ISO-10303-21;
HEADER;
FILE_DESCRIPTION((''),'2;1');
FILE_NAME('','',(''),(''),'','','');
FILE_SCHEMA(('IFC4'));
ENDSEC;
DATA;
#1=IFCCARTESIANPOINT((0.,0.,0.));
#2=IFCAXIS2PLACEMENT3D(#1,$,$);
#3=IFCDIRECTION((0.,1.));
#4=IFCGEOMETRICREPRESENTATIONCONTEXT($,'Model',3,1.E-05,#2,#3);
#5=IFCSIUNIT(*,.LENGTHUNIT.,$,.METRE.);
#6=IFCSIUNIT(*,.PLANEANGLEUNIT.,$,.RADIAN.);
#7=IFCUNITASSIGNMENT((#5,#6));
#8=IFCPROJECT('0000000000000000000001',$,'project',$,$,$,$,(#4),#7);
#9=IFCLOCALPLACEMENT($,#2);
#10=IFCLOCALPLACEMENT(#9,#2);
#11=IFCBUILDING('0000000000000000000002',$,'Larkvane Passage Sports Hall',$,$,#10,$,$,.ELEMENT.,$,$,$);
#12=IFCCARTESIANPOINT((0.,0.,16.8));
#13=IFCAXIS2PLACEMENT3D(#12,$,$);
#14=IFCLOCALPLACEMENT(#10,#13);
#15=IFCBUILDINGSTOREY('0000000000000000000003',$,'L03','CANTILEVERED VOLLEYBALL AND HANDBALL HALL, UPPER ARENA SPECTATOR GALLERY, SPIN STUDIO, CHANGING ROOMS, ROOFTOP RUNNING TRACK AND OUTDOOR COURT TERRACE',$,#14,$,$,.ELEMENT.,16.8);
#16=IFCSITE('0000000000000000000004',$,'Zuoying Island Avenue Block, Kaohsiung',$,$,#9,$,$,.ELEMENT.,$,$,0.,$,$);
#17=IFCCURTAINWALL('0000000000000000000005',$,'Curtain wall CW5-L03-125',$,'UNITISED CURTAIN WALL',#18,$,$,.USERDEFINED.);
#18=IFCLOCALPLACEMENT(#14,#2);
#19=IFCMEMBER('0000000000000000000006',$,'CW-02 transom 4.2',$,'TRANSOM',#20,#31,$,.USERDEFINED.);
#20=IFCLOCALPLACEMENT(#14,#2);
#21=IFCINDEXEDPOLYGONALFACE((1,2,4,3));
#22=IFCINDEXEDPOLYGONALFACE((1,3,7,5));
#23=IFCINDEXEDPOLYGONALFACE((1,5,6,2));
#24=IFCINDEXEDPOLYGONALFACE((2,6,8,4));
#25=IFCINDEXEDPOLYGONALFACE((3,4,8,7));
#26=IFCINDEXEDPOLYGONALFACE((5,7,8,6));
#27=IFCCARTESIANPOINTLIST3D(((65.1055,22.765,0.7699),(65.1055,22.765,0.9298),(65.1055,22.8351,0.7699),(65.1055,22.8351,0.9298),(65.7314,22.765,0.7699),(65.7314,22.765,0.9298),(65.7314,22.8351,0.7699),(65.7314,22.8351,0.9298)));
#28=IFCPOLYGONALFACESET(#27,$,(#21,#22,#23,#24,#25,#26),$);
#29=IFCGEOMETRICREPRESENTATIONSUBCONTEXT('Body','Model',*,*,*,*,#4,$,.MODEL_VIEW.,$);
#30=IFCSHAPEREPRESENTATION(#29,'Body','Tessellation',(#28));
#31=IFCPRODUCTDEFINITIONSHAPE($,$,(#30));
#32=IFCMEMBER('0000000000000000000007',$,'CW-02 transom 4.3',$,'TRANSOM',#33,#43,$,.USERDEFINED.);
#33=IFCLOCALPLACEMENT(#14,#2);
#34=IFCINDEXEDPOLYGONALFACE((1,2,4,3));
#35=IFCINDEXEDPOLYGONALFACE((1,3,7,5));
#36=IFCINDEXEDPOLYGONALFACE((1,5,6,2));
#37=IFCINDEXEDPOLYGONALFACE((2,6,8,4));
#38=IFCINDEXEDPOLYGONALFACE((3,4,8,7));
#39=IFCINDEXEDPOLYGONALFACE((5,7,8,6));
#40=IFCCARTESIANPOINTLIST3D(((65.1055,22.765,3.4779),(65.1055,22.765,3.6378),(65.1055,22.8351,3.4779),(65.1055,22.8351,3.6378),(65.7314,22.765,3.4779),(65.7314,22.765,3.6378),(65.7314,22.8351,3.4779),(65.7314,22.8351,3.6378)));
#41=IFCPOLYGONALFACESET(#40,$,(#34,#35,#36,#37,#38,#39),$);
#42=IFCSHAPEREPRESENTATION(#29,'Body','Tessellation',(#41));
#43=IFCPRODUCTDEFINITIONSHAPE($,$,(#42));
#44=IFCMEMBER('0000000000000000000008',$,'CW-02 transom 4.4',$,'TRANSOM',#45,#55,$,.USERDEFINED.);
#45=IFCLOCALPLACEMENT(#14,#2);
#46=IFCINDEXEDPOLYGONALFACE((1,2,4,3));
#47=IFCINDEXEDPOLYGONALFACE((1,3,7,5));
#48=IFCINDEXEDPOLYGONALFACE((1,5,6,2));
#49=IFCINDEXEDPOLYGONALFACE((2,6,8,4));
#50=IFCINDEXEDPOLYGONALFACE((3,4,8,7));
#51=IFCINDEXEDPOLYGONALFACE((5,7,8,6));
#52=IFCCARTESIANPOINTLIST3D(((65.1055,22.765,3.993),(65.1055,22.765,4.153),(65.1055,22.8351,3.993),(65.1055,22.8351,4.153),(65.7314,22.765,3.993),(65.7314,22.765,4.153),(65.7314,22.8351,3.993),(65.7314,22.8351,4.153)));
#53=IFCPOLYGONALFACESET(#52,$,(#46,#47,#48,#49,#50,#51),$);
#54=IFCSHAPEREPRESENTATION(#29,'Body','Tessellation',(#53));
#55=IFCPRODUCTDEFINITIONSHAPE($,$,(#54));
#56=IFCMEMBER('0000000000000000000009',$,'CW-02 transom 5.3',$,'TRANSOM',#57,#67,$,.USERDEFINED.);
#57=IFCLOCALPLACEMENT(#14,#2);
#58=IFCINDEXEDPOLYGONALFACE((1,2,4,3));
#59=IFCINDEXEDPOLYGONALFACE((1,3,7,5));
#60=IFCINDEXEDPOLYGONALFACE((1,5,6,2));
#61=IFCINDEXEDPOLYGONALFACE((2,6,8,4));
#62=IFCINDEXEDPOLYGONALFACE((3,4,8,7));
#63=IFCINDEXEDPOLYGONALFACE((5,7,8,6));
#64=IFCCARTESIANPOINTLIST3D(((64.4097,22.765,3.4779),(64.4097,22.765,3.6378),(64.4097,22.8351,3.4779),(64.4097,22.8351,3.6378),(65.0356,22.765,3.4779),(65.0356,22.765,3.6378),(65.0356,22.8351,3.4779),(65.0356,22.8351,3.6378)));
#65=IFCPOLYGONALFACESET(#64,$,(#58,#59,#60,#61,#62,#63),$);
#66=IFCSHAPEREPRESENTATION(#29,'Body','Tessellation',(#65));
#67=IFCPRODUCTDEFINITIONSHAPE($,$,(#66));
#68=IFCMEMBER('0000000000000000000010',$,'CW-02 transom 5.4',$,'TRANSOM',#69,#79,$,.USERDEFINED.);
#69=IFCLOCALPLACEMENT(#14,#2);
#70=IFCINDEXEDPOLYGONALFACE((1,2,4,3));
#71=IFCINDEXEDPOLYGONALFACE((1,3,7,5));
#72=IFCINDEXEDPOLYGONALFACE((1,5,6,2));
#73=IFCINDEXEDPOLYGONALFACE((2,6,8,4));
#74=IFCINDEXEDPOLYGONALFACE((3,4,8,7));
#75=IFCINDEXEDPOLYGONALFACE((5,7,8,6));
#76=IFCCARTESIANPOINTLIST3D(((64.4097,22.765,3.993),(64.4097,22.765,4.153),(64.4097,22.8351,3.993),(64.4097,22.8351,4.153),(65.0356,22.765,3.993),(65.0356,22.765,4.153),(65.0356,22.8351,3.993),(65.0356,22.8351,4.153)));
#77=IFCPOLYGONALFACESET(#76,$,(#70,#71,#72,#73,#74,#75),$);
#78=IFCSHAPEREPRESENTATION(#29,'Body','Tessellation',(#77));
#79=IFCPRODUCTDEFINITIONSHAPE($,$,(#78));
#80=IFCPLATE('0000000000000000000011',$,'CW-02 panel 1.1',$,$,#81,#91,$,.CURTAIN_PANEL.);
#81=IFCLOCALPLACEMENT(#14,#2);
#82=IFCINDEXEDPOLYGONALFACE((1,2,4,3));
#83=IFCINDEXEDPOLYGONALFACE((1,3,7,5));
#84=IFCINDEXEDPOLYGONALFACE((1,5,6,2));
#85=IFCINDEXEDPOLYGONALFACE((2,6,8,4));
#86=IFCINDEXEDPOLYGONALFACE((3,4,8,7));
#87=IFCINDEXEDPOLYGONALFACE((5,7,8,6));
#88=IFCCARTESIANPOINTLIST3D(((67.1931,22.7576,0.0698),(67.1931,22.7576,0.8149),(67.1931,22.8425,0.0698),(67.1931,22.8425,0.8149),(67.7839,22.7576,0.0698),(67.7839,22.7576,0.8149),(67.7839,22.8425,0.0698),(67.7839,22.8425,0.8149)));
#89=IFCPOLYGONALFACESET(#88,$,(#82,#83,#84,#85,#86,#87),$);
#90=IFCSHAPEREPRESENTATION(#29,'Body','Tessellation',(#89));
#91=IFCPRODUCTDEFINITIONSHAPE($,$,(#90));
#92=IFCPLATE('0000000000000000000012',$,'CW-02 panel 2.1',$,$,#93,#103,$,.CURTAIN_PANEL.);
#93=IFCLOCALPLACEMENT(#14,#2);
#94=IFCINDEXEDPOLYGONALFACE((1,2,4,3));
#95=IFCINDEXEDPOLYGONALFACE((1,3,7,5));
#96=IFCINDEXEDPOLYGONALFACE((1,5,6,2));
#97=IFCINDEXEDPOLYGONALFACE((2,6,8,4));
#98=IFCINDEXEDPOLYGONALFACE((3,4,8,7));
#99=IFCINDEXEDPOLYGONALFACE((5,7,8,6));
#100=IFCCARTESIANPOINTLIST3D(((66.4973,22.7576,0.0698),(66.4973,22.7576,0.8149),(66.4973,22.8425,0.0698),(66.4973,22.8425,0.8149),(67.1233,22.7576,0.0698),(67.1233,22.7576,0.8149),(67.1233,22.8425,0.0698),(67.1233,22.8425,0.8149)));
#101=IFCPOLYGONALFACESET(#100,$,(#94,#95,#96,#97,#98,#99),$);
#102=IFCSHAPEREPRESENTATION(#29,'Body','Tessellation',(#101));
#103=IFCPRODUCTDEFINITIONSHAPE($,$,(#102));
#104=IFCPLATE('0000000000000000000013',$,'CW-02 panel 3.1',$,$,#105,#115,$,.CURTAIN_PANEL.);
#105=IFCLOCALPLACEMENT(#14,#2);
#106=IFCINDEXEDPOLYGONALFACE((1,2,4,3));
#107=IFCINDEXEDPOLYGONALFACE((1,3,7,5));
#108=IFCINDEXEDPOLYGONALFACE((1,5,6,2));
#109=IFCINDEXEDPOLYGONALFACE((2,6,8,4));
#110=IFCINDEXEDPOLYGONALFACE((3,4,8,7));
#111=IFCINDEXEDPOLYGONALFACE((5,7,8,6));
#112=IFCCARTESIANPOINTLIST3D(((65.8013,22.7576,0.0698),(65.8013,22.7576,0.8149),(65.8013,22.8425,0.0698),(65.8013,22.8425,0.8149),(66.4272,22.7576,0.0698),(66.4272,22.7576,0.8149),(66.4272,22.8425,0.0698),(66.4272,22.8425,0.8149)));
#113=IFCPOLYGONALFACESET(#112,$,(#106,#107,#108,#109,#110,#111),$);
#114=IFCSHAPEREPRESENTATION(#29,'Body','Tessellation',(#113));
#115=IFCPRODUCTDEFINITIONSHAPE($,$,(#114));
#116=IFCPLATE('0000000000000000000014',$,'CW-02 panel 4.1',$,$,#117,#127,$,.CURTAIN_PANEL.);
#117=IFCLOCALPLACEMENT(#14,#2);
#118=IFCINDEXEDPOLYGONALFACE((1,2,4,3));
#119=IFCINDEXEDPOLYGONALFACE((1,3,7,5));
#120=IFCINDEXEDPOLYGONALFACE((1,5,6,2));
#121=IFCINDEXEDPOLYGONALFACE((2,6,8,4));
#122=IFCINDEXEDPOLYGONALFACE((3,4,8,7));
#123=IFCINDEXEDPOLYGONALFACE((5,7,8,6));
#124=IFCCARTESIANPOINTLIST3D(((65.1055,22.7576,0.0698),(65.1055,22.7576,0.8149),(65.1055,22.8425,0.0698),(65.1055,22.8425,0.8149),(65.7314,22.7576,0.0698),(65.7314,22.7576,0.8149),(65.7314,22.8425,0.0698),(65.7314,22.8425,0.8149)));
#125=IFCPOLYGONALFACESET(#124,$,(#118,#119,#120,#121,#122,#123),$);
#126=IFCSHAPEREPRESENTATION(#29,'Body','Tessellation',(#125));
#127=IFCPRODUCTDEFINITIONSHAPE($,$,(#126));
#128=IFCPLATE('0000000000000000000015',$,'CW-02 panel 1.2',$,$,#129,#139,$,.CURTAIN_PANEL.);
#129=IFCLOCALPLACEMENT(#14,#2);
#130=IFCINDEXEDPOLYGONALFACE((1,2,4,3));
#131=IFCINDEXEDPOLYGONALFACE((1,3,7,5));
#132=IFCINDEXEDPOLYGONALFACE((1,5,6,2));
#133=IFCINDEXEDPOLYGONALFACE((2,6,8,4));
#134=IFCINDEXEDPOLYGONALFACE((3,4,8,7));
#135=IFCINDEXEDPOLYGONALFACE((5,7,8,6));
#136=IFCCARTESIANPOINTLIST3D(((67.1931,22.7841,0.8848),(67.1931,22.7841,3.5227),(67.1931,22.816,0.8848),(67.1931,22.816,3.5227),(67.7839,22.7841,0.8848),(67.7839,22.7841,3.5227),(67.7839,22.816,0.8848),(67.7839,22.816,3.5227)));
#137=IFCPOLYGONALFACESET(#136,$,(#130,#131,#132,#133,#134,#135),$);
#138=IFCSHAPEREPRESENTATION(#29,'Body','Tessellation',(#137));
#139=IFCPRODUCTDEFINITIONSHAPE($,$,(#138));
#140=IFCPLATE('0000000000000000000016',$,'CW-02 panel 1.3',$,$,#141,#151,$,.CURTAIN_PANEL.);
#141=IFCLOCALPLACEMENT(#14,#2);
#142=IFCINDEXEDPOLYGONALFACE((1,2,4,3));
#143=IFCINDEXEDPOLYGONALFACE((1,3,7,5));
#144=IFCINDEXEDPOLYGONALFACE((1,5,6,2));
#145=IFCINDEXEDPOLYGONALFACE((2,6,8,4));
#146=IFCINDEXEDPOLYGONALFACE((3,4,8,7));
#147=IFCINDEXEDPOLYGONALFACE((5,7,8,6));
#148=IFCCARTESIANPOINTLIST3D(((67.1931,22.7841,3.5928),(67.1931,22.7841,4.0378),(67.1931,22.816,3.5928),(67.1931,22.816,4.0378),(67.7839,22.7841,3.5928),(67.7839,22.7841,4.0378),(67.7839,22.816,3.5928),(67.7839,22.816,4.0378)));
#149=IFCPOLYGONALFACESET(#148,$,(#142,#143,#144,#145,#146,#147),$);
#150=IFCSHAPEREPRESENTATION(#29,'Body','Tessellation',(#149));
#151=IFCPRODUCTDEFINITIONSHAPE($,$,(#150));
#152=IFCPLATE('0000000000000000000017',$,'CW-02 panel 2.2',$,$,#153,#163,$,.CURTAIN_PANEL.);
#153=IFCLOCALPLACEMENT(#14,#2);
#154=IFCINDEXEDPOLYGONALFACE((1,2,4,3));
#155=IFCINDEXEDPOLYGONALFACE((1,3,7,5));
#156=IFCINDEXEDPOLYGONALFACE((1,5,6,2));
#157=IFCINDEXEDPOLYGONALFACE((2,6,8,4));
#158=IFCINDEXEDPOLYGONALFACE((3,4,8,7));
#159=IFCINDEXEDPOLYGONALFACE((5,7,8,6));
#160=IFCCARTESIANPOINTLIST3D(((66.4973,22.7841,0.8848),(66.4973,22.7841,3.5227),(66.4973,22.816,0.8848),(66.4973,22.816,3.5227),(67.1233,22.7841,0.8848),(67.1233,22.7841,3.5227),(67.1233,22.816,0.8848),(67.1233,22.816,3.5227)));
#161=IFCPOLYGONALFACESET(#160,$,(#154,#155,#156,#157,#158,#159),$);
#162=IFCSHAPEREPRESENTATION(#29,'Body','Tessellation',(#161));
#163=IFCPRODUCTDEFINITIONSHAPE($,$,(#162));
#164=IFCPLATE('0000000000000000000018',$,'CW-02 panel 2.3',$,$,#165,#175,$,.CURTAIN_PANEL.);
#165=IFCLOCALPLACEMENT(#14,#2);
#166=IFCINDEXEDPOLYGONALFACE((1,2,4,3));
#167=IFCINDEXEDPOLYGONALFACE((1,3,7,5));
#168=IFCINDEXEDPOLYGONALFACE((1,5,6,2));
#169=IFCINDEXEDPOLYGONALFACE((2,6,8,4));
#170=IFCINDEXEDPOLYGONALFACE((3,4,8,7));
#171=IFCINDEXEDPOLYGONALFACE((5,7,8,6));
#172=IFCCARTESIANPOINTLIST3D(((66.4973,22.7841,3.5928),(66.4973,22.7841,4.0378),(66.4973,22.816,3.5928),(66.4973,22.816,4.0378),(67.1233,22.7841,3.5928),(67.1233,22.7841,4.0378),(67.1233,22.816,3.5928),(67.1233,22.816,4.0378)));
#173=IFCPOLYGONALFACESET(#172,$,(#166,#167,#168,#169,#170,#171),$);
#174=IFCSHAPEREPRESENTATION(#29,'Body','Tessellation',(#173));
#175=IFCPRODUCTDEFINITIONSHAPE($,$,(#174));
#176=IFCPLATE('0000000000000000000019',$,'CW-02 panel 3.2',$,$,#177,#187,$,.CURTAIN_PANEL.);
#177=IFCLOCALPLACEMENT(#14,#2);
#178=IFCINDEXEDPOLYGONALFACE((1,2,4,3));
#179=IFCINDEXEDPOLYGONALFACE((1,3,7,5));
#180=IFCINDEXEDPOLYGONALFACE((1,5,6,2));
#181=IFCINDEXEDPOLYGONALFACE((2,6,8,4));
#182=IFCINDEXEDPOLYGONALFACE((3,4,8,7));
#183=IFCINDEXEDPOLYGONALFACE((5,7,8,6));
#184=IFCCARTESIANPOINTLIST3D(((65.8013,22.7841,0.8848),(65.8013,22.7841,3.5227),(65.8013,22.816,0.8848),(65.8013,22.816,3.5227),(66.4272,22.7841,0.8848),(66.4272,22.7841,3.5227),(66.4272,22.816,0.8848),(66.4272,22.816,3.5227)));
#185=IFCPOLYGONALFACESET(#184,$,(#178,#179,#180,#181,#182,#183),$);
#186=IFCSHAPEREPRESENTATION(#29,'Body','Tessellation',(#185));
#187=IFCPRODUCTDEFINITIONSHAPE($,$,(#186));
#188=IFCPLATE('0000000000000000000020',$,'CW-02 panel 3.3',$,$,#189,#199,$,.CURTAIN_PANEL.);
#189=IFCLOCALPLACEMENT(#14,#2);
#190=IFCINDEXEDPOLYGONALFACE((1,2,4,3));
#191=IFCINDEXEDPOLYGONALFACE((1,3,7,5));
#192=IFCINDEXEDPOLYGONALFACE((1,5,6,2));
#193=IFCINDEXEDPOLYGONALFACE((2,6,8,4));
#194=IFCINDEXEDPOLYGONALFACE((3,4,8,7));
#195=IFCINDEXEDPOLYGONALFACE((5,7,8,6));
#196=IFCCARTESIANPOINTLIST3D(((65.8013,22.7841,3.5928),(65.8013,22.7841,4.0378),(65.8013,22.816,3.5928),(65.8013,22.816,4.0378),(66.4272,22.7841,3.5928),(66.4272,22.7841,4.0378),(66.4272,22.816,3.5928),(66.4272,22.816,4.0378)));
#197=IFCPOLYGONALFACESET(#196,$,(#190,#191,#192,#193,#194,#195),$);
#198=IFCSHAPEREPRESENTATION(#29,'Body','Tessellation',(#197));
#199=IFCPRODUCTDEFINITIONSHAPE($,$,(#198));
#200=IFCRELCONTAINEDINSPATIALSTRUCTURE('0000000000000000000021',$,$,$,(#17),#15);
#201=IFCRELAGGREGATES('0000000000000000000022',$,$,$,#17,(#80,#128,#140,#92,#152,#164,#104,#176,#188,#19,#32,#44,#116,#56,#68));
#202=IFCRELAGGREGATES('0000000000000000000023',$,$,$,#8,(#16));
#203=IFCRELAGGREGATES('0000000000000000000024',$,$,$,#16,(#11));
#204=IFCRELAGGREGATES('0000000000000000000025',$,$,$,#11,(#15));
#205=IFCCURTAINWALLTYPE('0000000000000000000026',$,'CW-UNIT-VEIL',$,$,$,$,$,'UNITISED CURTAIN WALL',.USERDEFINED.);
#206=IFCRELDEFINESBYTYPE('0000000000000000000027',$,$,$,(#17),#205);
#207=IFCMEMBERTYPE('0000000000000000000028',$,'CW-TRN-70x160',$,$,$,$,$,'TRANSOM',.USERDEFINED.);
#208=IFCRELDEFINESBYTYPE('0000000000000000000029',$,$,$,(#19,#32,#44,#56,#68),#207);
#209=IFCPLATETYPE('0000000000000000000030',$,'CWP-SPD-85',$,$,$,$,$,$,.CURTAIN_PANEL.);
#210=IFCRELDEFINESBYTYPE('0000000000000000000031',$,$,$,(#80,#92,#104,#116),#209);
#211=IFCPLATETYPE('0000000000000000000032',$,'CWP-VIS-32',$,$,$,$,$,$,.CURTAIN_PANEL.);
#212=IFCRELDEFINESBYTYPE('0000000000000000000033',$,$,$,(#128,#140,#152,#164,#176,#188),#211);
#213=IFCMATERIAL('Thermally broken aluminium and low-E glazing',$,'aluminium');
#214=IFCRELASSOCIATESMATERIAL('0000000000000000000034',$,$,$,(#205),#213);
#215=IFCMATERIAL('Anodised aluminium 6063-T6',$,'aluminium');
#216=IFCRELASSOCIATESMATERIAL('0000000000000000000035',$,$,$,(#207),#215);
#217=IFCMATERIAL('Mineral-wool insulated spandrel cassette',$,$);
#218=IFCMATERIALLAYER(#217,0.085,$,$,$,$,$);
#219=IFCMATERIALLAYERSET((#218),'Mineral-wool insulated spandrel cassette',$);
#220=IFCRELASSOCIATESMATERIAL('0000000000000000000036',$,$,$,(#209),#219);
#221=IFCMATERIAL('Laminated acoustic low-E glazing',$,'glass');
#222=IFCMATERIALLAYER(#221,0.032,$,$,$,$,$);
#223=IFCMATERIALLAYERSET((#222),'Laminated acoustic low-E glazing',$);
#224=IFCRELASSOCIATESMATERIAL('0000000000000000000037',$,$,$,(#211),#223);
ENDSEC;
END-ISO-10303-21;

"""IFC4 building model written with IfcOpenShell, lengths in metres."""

from ifc_helpers import new_model, si_unit, direction, frame, origin, origin_2d, place, context, subcontext, project, spatial, rectangle, extrude, material, layer, layer_set, material_profile, profile_set, type_object, element, aggregate, save


model = new_model("IFC4")

# Units and contexts
model_context = context("Model", 3, precision=1e-05, world=origin(), true_north=direction((0.0, 1.0)))
body_context = subcontext(model_context, "Body", "Model", "MODEL_VIEW")
ifc_project = project(units=[si_unit("LENGTHUNIT", "METRE"), si_unit("PLANEANGLEUNIT", "RADIAN")], contexts=[model_context])

# Site, building, storey
site_placement = place(None, origin())
site = spatial("IfcSite", under=ifc_project, at=site_placement, Name="Zuoying Island Avenue Block, Kaohsiung", CompositionType="ELEMENT", RefElevation=0.0)
building_placement = place(site_placement, origin())
building = spatial("IfcBuilding", under=site, at=building_placement, Name="Larkvane Passage Sports Hall", CompositionType="ELEMENT")
storey_placement = place(building_placement, frame((0.0, 0.0, 16.8)))
storey = spatial("IfcBuildingStorey", under=building, at=storey_placement, Name="L03", Description="CANTILEVERED VOLLEYBALL AND HANDBALL HALL, UPPER ARENA SPECTATOR GALLERY, SPIN STUDIO, CHANGING ROOMS, ROOFTOP RUNNING TRACK AND OUTDOOR COURT TERRACE", CompositionType="ELEMENT", Elevation=16.8)

# Curtain wall, members, plates
ifc_material_1 = material(Name="Thermally broken aluminium and low-E glazing", Category="aluminium")
curtain_wall_type = type_object("IfcCurtainWallType", Name="CW-UNIT-VEIL", ElementType="UNITISED CURTAIN WALL", PredefinedType="USERDEFINED", material=ifc_material_1)
curtain_wall_placement = place(storey_placement, origin())
curtain_wall = element("IfcCurtainWall", 1, at=curtain_wall_placement, inside=storey, type_object=curtain_wall_type, Name="Curtain wall CW5-L03-125", ObjectType="UNITISED CURTAIN WALL", PredefinedType="USERDEFINED")
ifc_material_2 = material(Name="Anodised aluminium 6063-T6", Category="aluminium")
ifc_material_profile_1 = material_profile(ifc_material_2, rectangle(XDim=0.0701, YDim=0.1599, at=origin_2d()), Name="ALU-TRN-70x160")
ifc_profile_set_1 = profile_set([ifc_material_profile_1], Name="Anodised aluminium 6063-T6")
member_type_1 = type_object("IfcMemberType", Name="CW-TRN-70x160", ElementType="TRANSOM", PredefinedType="USERDEFINED", material=ifc_profile_set_1)
member_1_placement = place(storey_placement, frame((65.7314, 22.8, 0.8499), z_axis=(-1.0, 0.0, 0.0), x_axis=(0.0, -1.0, 0.0)))
member_1 = element("IfcMember", 2, at=member_1_placement, type_object=member_type_1, Name="CW-02 transom 4.2", ObjectType="TRANSOM", PredefinedType="USERDEFINED", context=body_context, shape_type="SweptSolid", body=[
    extrude(rectangle(XDim=0.0701, YDim=0.1599, at=origin_2d()), origin(), (0.0, 0.0, 1.0), 0.626),
])
member_2_placement = place(storey_placement, frame((65.7314, 22.8, 3.5579), z_axis=(-1.0, 0.0, 0.0), x_axis=(0.0, -1.0, 0.0)))
member_2 = element("IfcMember", 3, at=member_2_placement, type_object=member_type_1, Name="CW-02 transom 4.3", ObjectType="TRANSOM", PredefinedType="USERDEFINED", context=body_context, shape_type="SweptSolid", body=[
    extrude(rectangle(XDim=0.0701, YDim=0.1599, at=origin_2d()), origin(), (0.0, 0.0, 1.0), 0.626),
])
member_3_placement = place(storey_placement, frame((65.7314, 22.8, 4.073), z_axis=(-1.0, 0.0, 0.0), x_axis=(0.0, -1.0, 0.0)))
member_3 = element("IfcMember", 4, at=member_3_placement, type_object=member_type_1, Name="CW-02 transom 4.4", ObjectType="TRANSOM", PredefinedType="USERDEFINED", context=body_context, shape_type="SweptSolid", body=[
    extrude(rectangle(XDim=0.0701, YDim=0.1599, at=origin_2d()), origin(), (0.0, 0.0, 1.0), 0.626),
])
member_4_placement = place(storey_placement, frame((65.0356, 22.8, 3.5579), z_axis=(-1.0, 0.0, 0.0), x_axis=(0.0, -1.0, 0.0)))
member_4 = element("IfcMember", 5, at=member_4_placement, type_object=member_type_1, Name="CW-02 transom 5.3", ObjectType="TRANSOM", PredefinedType="USERDEFINED", context=body_context, shape_type="SweptSolid", body=[
    extrude(rectangle(XDim=0.0701, YDim=0.1599, at=origin_2d()), origin(), (0.0, 0.0, 1.0), 0.626),
])
member_5_placement = place(storey_placement, frame((65.0356, 22.8, 4.073), z_axis=(-1.0, 0.0, 0.0), x_axis=(0.0, -1.0, 0.0)))
member_5 = element("IfcMember", 6, at=member_5_placement, type_object=member_type_1, Name="CW-02 transom 5.4", ObjectType="TRANSOM", PredefinedType="USERDEFINED", context=body_context, shape_type="SweptSolid", body=[
    extrude(rectangle(XDim=0.0701, YDim=0.1599, at=origin_2d()), origin(), (0.0, 0.0, 1.0), 0.626),
])
ifc_material_3 = material(Name="Mineral-wool insulated spandrel cassette")
ifc_layer_1 = layer(ifc_material_3, 0.085)
ifc_layer_set_1 = layer_set([ifc_layer_1], Name="Mineral-wool insulated spandrel cassette")
plate_type_1 = type_object("IfcPlateType", Name="CWP-SPD-85", PredefinedType="CURTAIN_PANEL", material=ifc_layer_set_1)
plate_1_placement = place(storey_placement, frame((67.4885, 22.8, 0.0698), z_axis=(0.0, 0.0, 1.0), x_axis=(-1.0, 0.0, 0.0)))
plate_1 = element("IfcPlate", 7, at=plate_1_placement, type_object=plate_type_1, Name="CW-02 panel 1.1", PredefinedType="CURTAIN_PANEL", context=body_context, shape_type="SweptSolid", body=[
    extrude(rectangle(XDim=0.5908, YDim=0.085, at=origin_2d()), origin(), (0.0, 0.0, 1.0), 0.7451),
])
plate_2_placement = place(storey_placement, frame((66.8103, 22.8, 0.0698), z_axis=(0.0, 0.0, 1.0), x_axis=(-1.0, 0.0, 0.0)))
plate_2 = element("IfcPlate", 8, at=plate_2_placement, type_object=plate_type_1, Name="CW-02 panel 2.1", PredefinedType="CURTAIN_PANEL", context=body_context, shape_type="SweptSolid", body=[
    extrude(rectangle(XDim=0.626, YDim=0.085, at=origin_2d()), origin(), (0.0, 0.0, 1.0), 0.7451),
])
plate_3_placement = place(storey_placement, frame((66.1143, 22.8, 0.0698), z_axis=(0.0, 0.0, 1.0), x_axis=(-1.0, 0.0, 0.0)))
plate_3 = element("IfcPlate", 9, at=plate_3_placement, type_object=plate_type_1, Name="CW-02 panel 3.1", PredefinedType="CURTAIN_PANEL", context=body_context, shape_type="SweptSolid", body=[
    extrude(rectangle(XDim=0.626, YDim=0.085, at=origin_2d()), origin(), (0.0, 0.0, 1.0), 0.7451),
])
plate_4_placement = place(storey_placement, frame((65.4185, 22.8, 0.0698), z_axis=(0.0, 0.0, 1.0), x_axis=(-1.0, 0.0, 0.0)))
plate_4 = element("IfcPlate", 10, at=plate_4_placement, type_object=plate_type_1, Name="CW-02 panel 4.1", PredefinedType="CURTAIN_PANEL", context=body_context, shape_type="SweptSolid", body=[
    extrude(rectangle(XDim=0.626, YDim=0.085, at=origin_2d()), origin(), (0.0, 0.0, 1.0), 0.7451),
])
ifc_material_4 = material(Name="Laminated acoustic low-E glazing", Category="glass")
ifc_layer_2 = layer(ifc_material_4, 0.032)
ifc_layer_set_2 = layer_set([ifc_layer_2], Name="Laminated acoustic low-E glazing")
plate_type_2 = type_object("IfcPlateType", Name="CWP-VIS-32", PredefinedType="CURTAIN_PANEL", material=ifc_layer_set_2)
plate_5_placement = place(storey_placement, frame((67.4885, 22.8, 0.8848), z_axis=(0.0, 0.0, 1.0), x_axis=(-1.0, 0.0, 0.0)))
plate_5 = element("IfcPlate", 11, at=plate_5_placement, type_object=plate_type_2, Name="CW-02 panel 1.2", PredefinedType="CURTAIN_PANEL", context=body_context, shape_type="SweptSolid", body=[
    extrude(rectangle(XDim=0.5908, YDim=0.032, at=origin_2d()), origin(), (0.0, 0.0, 1.0), 2.6379),
])
plate_6_placement = place(storey_placement, frame((67.4885, 22.8, 3.5928), z_axis=(0.0, 0.0, 1.0), x_axis=(-1.0, 0.0, 0.0)))
plate_6 = element("IfcPlate", 12, at=plate_6_placement, type_object=plate_type_2, Name="CW-02 panel 1.3", PredefinedType="CURTAIN_PANEL", context=body_context, shape_type="SweptSolid", body=[
    extrude(rectangle(XDim=0.5908, YDim=0.032, at=origin_2d()), origin(), (0.0, 0.0, 1.0), 0.4451),
])
plate_7_placement = place(storey_placement, frame((66.8103, 22.8, 0.8848), z_axis=(0.0, 0.0, 1.0), x_axis=(-1.0, 0.0, 0.0)))
plate_7 = element("IfcPlate", 13, at=plate_7_placement, type_object=plate_type_2, Name="CW-02 panel 2.2", PredefinedType="CURTAIN_PANEL", context=body_context, shape_type="SweptSolid", body=[
    extrude(rectangle(XDim=0.626, YDim=0.032, at=origin_2d()), origin(), (0.0, 0.0, 1.0), 2.6379),
])
plate_8_placement = place(storey_placement, frame((66.8103, 22.8, 3.5928), z_axis=(0.0, 0.0, 1.0), x_axis=(-1.0, 0.0, 0.0)))
plate_8 = element("IfcPlate", 14, at=plate_8_placement, type_object=plate_type_2, Name="CW-02 panel 2.3", PredefinedType="CURTAIN_PANEL", context=body_context, shape_type="SweptSolid", body=[
    extrude(rectangle(XDim=0.626, YDim=0.032, at=origin_2d()), origin(), (0.0, 0.0, 1.0), 0.4451),
])
plate_9_placement = place(storey_placement, frame((66.1143, 22.8, 0.8848), z_axis=(0.0, 0.0, 1.0), x_axis=(-1.0, 0.0, 0.0)))
plate_9 = element("IfcPlate", 15, at=plate_9_placement, type_object=plate_type_2, Name="CW-02 panel 3.2", PredefinedType="CURTAIN_PANEL", context=body_context, shape_type="SweptSolid", body=[
    extrude(rectangle(XDim=0.626, YDim=0.032, at=origin_2d()), origin(), (0.0, 0.0, 1.0), 2.6379),
])
plate_10_placement = place(storey_placement, frame((66.1143, 22.8, 3.5928), z_axis=(0.0, 0.0, 1.0), x_axis=(-1.0, 0.0, 0.0)))
plate_10 = element("IfcPlate", 16, at=plate_10_placement, type_object=plate_type_2, Name="CW-02 panel 3.3", PredefinedType="CURTAIN_PANEL", context=body_context, shape_type="SweptSolid", body=[
    extrude(rectangle(XDim=0.626, YDim=0.032, at=origin_2d()), origin(), (0.0, 0.0, 1.0), 0.4451),
])
aggregate(curtain_wall, [plate_1, plate_5, plate_6, plate_2, plate_7, plate_8, plate_3, plate_9, plate_10, member_1, member_2, member_3, plate_4, member_4, member_5])

save(model, "model.ifc")
